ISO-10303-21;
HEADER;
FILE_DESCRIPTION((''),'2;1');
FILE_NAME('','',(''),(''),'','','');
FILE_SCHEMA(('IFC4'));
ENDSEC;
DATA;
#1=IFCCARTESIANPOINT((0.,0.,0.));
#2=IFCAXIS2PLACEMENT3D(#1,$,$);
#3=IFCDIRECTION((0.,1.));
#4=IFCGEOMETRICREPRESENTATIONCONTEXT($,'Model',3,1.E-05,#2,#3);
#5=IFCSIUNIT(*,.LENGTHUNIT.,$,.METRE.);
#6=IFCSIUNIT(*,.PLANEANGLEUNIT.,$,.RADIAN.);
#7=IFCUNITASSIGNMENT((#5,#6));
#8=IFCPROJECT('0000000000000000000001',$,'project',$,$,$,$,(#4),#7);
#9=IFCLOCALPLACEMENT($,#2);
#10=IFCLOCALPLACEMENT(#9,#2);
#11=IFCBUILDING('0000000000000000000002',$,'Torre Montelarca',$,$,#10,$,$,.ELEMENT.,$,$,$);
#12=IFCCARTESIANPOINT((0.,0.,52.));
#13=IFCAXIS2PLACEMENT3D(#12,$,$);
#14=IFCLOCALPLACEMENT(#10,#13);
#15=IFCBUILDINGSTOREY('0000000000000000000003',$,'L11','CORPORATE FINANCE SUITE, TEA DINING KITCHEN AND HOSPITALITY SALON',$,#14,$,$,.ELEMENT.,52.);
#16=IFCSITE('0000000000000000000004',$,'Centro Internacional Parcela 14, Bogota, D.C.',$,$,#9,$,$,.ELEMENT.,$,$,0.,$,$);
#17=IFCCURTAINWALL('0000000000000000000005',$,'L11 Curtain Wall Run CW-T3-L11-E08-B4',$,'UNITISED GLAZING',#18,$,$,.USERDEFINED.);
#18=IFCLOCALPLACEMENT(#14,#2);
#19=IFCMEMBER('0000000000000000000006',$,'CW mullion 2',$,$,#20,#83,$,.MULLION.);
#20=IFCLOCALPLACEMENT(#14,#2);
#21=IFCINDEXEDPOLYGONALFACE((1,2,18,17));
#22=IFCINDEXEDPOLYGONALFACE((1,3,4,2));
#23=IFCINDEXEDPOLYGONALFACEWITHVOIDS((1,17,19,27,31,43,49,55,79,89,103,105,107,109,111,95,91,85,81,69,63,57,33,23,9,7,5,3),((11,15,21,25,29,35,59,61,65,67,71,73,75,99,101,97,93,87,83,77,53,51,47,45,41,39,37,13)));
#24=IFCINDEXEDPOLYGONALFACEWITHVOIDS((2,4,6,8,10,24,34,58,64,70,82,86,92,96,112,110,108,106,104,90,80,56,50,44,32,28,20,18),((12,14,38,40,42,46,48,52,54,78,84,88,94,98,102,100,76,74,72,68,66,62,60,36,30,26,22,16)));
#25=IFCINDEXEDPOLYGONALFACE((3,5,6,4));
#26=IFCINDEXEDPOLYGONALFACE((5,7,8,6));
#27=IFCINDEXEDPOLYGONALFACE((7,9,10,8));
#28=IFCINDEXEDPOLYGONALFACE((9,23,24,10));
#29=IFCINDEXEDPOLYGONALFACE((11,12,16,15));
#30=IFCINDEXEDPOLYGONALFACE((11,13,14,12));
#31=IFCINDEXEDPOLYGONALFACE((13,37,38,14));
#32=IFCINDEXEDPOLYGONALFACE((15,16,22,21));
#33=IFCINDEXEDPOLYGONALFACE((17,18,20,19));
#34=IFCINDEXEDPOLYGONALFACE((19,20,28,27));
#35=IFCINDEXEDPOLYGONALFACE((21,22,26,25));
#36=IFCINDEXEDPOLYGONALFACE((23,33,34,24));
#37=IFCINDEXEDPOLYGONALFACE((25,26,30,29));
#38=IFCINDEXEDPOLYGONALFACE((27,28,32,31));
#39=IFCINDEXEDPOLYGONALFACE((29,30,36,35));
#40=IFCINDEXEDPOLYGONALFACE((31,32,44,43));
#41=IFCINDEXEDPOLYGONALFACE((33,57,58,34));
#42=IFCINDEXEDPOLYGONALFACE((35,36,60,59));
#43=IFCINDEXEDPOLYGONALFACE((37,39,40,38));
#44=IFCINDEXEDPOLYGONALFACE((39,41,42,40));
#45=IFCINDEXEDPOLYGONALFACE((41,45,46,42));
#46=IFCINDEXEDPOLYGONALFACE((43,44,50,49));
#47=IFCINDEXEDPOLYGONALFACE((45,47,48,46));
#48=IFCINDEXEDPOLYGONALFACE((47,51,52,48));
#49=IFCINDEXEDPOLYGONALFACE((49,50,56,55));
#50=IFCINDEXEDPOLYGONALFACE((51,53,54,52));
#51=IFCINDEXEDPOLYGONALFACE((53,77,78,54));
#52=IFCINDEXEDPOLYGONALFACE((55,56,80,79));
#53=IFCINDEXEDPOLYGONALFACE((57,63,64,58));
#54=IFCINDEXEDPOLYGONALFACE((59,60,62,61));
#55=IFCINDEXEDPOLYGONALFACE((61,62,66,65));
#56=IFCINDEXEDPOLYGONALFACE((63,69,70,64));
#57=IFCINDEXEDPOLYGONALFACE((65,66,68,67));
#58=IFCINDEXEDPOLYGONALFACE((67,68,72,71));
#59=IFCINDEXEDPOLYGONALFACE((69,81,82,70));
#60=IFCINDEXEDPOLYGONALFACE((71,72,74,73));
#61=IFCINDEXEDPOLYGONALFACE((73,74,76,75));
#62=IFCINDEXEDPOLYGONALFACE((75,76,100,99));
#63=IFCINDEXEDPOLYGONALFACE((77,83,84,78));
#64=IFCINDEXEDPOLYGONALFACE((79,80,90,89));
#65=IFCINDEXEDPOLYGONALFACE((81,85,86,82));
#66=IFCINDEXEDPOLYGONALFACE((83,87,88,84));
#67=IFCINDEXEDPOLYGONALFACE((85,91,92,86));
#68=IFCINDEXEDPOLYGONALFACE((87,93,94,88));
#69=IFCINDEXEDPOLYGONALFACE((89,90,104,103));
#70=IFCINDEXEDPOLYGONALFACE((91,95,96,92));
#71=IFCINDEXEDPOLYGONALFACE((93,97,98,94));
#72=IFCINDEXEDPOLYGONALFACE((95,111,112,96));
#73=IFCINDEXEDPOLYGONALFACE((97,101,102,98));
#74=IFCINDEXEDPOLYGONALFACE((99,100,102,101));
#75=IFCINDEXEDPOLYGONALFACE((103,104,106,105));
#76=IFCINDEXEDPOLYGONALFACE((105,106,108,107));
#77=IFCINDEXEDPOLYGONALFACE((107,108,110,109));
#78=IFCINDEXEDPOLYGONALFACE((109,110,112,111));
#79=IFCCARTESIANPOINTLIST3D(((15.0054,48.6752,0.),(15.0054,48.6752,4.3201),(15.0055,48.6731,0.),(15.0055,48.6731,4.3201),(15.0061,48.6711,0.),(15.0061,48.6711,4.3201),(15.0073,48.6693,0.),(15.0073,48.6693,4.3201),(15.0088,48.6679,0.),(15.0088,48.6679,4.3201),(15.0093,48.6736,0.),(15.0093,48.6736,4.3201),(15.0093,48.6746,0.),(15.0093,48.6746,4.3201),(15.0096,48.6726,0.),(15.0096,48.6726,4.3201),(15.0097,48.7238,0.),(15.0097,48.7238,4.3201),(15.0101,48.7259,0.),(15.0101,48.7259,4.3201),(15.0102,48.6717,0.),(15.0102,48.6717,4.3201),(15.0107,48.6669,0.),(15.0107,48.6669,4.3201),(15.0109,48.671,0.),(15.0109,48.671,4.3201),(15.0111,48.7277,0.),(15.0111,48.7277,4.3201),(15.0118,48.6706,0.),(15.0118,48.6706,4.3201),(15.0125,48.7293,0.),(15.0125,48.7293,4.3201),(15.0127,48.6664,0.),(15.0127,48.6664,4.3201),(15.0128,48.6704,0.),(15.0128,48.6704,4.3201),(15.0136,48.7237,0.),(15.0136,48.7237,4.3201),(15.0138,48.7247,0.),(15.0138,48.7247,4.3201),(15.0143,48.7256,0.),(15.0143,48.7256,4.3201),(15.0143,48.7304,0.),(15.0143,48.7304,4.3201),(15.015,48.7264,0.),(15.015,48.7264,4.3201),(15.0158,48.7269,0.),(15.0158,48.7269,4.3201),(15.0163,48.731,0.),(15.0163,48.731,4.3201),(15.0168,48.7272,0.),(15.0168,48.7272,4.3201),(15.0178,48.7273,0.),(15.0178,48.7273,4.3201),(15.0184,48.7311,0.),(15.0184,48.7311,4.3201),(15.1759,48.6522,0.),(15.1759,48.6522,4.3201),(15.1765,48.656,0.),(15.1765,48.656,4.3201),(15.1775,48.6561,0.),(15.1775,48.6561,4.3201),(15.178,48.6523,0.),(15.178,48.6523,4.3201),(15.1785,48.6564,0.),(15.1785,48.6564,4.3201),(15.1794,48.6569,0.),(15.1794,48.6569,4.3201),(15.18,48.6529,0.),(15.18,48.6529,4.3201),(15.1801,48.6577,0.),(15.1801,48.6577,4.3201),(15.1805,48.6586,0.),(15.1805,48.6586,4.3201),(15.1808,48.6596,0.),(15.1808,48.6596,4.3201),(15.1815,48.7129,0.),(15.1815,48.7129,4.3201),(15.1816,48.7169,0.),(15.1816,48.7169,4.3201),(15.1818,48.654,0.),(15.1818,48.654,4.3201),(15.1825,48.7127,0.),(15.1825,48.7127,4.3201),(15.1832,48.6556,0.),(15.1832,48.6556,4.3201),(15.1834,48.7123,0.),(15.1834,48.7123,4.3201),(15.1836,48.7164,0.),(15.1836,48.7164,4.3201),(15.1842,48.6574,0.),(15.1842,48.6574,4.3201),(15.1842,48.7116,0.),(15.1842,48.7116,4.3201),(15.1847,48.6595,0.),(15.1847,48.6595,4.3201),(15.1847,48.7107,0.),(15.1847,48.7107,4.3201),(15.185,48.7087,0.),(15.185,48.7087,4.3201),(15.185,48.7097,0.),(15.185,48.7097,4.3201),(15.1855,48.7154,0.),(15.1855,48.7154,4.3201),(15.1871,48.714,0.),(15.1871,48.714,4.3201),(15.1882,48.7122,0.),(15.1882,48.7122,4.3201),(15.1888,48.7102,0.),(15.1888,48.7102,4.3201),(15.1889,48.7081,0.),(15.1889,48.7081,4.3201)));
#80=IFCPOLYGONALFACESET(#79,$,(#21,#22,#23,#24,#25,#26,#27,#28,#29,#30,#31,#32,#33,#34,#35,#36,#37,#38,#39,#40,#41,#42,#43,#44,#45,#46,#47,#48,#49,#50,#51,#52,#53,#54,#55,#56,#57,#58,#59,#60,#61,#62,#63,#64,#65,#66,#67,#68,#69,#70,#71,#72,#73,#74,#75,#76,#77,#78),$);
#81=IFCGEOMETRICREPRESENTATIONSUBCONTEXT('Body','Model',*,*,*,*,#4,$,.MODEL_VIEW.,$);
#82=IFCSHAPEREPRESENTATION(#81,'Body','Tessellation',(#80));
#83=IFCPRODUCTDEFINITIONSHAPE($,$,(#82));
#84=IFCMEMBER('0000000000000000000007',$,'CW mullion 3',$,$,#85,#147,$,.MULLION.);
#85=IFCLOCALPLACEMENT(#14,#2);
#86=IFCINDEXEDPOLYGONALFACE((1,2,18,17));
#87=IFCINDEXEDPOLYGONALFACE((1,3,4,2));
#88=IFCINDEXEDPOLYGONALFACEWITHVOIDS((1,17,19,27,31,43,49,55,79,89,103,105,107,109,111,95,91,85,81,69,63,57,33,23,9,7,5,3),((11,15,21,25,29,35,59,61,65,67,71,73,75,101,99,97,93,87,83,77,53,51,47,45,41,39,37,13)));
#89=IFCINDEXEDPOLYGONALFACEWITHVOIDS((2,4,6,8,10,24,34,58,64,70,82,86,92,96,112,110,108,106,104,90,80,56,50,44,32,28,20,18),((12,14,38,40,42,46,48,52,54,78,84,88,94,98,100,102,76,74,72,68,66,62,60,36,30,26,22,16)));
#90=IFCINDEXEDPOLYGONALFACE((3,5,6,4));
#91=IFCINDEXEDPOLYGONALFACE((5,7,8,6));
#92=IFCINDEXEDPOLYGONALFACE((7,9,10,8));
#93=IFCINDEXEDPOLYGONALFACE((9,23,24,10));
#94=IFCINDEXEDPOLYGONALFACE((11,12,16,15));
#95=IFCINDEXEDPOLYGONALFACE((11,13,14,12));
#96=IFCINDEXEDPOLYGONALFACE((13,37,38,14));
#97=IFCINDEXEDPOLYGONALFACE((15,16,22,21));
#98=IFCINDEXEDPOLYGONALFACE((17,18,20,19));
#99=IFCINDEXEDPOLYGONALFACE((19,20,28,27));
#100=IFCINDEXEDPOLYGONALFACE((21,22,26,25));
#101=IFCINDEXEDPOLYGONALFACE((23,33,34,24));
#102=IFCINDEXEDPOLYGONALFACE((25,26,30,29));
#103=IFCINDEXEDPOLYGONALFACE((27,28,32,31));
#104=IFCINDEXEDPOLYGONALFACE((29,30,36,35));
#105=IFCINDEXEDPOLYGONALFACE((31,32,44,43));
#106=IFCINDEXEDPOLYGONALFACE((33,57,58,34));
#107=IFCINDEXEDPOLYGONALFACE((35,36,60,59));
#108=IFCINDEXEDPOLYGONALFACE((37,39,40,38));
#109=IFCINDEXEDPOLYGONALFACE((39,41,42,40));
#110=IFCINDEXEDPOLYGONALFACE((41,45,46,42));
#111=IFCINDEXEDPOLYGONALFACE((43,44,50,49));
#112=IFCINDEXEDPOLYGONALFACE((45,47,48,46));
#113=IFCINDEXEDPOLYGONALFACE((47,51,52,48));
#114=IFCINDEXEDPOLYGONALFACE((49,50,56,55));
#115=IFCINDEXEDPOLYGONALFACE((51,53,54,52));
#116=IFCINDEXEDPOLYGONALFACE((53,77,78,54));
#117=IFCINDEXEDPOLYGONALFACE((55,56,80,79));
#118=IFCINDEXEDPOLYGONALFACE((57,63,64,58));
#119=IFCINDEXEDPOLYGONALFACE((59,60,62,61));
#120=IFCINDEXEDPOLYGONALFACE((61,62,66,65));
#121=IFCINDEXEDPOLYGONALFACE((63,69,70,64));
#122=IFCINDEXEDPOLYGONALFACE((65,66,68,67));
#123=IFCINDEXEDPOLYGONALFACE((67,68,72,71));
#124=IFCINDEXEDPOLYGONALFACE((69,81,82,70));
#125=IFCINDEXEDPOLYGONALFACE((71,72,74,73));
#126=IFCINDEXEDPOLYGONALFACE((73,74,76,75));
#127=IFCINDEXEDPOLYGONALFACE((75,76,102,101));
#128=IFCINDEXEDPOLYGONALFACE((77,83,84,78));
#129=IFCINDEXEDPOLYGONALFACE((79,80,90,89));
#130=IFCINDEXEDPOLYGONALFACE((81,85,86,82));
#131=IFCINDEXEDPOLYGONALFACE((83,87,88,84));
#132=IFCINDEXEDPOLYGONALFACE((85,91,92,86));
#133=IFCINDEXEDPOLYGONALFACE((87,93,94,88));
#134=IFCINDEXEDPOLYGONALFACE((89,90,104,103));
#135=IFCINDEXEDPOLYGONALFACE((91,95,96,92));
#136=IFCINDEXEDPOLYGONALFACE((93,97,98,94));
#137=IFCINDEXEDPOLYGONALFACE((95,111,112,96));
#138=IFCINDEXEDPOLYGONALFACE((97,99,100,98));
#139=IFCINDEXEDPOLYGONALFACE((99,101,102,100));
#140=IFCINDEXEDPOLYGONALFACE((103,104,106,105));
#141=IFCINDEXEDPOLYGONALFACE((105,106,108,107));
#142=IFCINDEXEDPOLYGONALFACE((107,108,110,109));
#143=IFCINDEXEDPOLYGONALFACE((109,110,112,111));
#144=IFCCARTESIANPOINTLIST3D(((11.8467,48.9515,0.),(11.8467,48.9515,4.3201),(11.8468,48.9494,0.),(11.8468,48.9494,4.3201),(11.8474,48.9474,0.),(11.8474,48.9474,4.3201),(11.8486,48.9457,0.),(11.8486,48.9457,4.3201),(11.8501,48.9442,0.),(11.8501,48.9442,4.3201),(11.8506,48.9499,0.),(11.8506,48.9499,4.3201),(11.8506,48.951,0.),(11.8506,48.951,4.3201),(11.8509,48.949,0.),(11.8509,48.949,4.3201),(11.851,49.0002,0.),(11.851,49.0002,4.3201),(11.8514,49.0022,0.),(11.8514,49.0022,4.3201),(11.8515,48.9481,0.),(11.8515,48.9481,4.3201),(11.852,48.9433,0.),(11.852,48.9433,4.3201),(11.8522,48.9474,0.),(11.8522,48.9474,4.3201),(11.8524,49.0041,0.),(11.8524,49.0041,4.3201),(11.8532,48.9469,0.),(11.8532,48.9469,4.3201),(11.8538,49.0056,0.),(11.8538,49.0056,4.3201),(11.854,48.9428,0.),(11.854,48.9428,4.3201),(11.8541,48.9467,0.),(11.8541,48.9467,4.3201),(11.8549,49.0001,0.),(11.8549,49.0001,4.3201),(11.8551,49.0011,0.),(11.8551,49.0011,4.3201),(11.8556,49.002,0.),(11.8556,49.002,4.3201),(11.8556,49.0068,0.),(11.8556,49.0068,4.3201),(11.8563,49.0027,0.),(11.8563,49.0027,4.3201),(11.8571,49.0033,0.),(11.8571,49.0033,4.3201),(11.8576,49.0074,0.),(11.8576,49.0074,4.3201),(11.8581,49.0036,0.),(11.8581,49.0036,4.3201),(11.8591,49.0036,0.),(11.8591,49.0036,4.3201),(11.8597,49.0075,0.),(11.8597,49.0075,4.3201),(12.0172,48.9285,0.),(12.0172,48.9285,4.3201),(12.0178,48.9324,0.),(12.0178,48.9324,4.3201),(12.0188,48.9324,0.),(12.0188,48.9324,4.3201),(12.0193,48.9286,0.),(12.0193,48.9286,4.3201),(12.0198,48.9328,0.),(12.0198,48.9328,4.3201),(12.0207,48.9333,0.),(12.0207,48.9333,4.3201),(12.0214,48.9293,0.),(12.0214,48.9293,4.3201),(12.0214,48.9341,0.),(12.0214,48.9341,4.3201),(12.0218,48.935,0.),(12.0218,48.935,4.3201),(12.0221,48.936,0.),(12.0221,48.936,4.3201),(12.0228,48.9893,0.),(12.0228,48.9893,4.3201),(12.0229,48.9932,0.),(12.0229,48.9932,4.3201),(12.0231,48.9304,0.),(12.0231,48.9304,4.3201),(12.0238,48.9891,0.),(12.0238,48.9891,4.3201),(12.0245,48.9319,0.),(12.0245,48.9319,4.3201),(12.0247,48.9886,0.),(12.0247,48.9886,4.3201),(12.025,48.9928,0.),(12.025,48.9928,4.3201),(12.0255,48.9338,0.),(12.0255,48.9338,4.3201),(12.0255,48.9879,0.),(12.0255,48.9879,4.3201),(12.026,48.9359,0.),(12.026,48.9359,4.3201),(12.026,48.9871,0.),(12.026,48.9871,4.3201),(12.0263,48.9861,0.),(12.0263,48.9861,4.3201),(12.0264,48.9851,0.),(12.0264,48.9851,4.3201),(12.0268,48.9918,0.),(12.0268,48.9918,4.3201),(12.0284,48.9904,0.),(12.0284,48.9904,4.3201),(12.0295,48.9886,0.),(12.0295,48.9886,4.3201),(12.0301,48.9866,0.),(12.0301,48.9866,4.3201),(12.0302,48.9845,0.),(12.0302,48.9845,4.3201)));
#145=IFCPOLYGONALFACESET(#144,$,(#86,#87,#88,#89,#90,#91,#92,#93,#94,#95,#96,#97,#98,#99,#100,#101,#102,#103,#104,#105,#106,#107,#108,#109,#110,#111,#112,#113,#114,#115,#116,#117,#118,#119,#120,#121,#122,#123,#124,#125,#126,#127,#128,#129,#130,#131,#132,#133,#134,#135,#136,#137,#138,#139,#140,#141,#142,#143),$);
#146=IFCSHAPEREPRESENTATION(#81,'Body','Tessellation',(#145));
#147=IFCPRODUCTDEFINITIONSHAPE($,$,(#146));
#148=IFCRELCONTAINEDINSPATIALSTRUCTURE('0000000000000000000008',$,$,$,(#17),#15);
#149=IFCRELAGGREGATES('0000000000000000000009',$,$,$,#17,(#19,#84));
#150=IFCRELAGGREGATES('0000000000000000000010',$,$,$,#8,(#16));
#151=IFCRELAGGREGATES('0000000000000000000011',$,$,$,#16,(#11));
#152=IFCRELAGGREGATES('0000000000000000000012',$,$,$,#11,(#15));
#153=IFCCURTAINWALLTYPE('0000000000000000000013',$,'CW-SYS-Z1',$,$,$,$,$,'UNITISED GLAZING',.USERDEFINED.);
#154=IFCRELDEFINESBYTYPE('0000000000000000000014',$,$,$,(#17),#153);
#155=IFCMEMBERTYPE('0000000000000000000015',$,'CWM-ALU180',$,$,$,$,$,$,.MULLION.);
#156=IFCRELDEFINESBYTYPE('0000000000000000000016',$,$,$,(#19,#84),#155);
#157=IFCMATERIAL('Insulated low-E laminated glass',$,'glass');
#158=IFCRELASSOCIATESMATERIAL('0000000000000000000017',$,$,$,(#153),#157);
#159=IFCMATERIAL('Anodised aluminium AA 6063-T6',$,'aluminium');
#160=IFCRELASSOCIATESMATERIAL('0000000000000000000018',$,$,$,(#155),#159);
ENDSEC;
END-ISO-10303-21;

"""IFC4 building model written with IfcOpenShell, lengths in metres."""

from ifc_helpers import new_model, si_unit, direction, frame, origin, origin_2d, place, context, subcontext, project, spatial, hollow_rectangle, extrude, source, transform, mapped, material, material_profile, profile_set, type_object, element, aggregate, save


model = new_model("IFC4")

# Units and contexts
model_context = context("Model", 3, precision=1e-05, world=origin(), true_north=direction((0.0, 1.0)))
body_context = subcontext(model_context, "Body", "Model", "MODEL_VIEW")
ifc_project = project(units=[si_unit("LENGTHUNIT", "METRE"), si_unit("PLANEANGLEUNIT", "RADIAN")], contexts=[model_context])

# Site, building, storey
site_placement = place(None, origin())
site = spatial("IfcSite", under=ifc_project, at=site_placement, Name="Centro Internacional Parcela 14, Bogota, D.C.", CompositionType="ELEMENT", RefElevation=0.0)
building_placement = place(site_placement, origin())
building = spatial("IfcBuilding", under=site, at=building_placement, Name="Torre Montelarca", CompositionType="ELEMENT")
storey_placement = place(building_placement, frame((0.0, 0.0, 52.0)))
storey = spatial("IfcBuildingStorey", under=building, at=storey_placement, Name="L11", Description="CORPORATE FINANCE SUITE, TEA DINING KITCHEN AND HOSPITALITY SALON", CompositionType="ELEMENT", Elevation=52.0)

# Shared definitions
ifc_material_1 = material(Name="Insulated low-E laminated glass", Category="glass")
curtain_wall_type = type_object("IfcCurtainWallType", Name="CW-SYS-Z1", ElementType="UNITISED GLAZING", PredefinedType="USERDEFINED", material=ifc_material_1)
ifc_material_2 = material(Name="Anodised aluminium AA 6063-T6", Category="aluminium")
ifc_material_profile_1 = material_profile(ifc_material_2, hollow_rectangle(XDim=0.0649, YDim=0.1799, WallThickness=0.0039, InnerFilletRadius=0.0039, OuterFilletRadius=0.0081, at=origin_2d()), Name="ALU65X180X4", Category="aluminium")
ifc_profile_set_1 = profile_set([ifc_material_profile_1], Name="Anodised aluminium AA 6063-T6")
member_type_1 = type_object("IfcMemberType", Name="CWM-ALU180", PredefinedType="MULLION", material=ifc_profile_set_1)
shared_shape_1 = source(origin(), body_context, "Body", "SweptSolid", [
    extrude(hollow_rectangle(XDim=0.0649, YDim=0.1799, WallThickness=0.0039, InnerFilletRadius=0.0039, OuterFilletRadius=0.0081, at=origin_2d()), origin(), (0.0, 0.0, 1.0), 4.3201),
])

# Curtain wall, members
curtain_wall_1_placement = place(storey_placement, origin())
curtain_wall_1 = element("IfcCurtainWall", 1, at=curtain_wall_1_placement, inside=storey, type_object=curtain_wall_type, Name="L11 Curtain Wall Run CW-T3-L11-E08-B4", ObjectType="UNITISED GLAZING", PredefinedType="USERDEFINED")
member_1_placement = place(storey_placement, frame((15.0972, 48.6917, 0.0), z_axis=(0.0, 0.0, 1.0), x_axis=(-0.08716, -0.996194, 0.0)))
member_1 = element("IfcMember", 2, at=member_1_placement, type_object=member_type_1, Name="CW mullion 2", PredefinedType="MULLION", context=body_context, shape_type="MappedRepresentation", body=[
    mapped(shared_shape_1, transform((0.0, 0.0, 0.0), scale=1.0)),
])
member_2_placement = place(storey_placement, frame((11.9385, 48.968, 0.0), z_axis=(0.0, 0.0, 1.0), x_axis=(-0.08716, -0.996194, 0.0)))
member_2 = element("IfcMember", 3, at=member_2_placement, type_object=member_type_1, Name="CW mullion 3", PredefinedType="MULLION", context=body_context, shape_type="MappedRepresentation", body=[
    mapped(shared_shape_1, transform((0.0, 0.0, 0.0), scale=1.0)),
])

aggregate(curtain_wall_1, [member_1, member_2])

save(model, "model.ifc")
